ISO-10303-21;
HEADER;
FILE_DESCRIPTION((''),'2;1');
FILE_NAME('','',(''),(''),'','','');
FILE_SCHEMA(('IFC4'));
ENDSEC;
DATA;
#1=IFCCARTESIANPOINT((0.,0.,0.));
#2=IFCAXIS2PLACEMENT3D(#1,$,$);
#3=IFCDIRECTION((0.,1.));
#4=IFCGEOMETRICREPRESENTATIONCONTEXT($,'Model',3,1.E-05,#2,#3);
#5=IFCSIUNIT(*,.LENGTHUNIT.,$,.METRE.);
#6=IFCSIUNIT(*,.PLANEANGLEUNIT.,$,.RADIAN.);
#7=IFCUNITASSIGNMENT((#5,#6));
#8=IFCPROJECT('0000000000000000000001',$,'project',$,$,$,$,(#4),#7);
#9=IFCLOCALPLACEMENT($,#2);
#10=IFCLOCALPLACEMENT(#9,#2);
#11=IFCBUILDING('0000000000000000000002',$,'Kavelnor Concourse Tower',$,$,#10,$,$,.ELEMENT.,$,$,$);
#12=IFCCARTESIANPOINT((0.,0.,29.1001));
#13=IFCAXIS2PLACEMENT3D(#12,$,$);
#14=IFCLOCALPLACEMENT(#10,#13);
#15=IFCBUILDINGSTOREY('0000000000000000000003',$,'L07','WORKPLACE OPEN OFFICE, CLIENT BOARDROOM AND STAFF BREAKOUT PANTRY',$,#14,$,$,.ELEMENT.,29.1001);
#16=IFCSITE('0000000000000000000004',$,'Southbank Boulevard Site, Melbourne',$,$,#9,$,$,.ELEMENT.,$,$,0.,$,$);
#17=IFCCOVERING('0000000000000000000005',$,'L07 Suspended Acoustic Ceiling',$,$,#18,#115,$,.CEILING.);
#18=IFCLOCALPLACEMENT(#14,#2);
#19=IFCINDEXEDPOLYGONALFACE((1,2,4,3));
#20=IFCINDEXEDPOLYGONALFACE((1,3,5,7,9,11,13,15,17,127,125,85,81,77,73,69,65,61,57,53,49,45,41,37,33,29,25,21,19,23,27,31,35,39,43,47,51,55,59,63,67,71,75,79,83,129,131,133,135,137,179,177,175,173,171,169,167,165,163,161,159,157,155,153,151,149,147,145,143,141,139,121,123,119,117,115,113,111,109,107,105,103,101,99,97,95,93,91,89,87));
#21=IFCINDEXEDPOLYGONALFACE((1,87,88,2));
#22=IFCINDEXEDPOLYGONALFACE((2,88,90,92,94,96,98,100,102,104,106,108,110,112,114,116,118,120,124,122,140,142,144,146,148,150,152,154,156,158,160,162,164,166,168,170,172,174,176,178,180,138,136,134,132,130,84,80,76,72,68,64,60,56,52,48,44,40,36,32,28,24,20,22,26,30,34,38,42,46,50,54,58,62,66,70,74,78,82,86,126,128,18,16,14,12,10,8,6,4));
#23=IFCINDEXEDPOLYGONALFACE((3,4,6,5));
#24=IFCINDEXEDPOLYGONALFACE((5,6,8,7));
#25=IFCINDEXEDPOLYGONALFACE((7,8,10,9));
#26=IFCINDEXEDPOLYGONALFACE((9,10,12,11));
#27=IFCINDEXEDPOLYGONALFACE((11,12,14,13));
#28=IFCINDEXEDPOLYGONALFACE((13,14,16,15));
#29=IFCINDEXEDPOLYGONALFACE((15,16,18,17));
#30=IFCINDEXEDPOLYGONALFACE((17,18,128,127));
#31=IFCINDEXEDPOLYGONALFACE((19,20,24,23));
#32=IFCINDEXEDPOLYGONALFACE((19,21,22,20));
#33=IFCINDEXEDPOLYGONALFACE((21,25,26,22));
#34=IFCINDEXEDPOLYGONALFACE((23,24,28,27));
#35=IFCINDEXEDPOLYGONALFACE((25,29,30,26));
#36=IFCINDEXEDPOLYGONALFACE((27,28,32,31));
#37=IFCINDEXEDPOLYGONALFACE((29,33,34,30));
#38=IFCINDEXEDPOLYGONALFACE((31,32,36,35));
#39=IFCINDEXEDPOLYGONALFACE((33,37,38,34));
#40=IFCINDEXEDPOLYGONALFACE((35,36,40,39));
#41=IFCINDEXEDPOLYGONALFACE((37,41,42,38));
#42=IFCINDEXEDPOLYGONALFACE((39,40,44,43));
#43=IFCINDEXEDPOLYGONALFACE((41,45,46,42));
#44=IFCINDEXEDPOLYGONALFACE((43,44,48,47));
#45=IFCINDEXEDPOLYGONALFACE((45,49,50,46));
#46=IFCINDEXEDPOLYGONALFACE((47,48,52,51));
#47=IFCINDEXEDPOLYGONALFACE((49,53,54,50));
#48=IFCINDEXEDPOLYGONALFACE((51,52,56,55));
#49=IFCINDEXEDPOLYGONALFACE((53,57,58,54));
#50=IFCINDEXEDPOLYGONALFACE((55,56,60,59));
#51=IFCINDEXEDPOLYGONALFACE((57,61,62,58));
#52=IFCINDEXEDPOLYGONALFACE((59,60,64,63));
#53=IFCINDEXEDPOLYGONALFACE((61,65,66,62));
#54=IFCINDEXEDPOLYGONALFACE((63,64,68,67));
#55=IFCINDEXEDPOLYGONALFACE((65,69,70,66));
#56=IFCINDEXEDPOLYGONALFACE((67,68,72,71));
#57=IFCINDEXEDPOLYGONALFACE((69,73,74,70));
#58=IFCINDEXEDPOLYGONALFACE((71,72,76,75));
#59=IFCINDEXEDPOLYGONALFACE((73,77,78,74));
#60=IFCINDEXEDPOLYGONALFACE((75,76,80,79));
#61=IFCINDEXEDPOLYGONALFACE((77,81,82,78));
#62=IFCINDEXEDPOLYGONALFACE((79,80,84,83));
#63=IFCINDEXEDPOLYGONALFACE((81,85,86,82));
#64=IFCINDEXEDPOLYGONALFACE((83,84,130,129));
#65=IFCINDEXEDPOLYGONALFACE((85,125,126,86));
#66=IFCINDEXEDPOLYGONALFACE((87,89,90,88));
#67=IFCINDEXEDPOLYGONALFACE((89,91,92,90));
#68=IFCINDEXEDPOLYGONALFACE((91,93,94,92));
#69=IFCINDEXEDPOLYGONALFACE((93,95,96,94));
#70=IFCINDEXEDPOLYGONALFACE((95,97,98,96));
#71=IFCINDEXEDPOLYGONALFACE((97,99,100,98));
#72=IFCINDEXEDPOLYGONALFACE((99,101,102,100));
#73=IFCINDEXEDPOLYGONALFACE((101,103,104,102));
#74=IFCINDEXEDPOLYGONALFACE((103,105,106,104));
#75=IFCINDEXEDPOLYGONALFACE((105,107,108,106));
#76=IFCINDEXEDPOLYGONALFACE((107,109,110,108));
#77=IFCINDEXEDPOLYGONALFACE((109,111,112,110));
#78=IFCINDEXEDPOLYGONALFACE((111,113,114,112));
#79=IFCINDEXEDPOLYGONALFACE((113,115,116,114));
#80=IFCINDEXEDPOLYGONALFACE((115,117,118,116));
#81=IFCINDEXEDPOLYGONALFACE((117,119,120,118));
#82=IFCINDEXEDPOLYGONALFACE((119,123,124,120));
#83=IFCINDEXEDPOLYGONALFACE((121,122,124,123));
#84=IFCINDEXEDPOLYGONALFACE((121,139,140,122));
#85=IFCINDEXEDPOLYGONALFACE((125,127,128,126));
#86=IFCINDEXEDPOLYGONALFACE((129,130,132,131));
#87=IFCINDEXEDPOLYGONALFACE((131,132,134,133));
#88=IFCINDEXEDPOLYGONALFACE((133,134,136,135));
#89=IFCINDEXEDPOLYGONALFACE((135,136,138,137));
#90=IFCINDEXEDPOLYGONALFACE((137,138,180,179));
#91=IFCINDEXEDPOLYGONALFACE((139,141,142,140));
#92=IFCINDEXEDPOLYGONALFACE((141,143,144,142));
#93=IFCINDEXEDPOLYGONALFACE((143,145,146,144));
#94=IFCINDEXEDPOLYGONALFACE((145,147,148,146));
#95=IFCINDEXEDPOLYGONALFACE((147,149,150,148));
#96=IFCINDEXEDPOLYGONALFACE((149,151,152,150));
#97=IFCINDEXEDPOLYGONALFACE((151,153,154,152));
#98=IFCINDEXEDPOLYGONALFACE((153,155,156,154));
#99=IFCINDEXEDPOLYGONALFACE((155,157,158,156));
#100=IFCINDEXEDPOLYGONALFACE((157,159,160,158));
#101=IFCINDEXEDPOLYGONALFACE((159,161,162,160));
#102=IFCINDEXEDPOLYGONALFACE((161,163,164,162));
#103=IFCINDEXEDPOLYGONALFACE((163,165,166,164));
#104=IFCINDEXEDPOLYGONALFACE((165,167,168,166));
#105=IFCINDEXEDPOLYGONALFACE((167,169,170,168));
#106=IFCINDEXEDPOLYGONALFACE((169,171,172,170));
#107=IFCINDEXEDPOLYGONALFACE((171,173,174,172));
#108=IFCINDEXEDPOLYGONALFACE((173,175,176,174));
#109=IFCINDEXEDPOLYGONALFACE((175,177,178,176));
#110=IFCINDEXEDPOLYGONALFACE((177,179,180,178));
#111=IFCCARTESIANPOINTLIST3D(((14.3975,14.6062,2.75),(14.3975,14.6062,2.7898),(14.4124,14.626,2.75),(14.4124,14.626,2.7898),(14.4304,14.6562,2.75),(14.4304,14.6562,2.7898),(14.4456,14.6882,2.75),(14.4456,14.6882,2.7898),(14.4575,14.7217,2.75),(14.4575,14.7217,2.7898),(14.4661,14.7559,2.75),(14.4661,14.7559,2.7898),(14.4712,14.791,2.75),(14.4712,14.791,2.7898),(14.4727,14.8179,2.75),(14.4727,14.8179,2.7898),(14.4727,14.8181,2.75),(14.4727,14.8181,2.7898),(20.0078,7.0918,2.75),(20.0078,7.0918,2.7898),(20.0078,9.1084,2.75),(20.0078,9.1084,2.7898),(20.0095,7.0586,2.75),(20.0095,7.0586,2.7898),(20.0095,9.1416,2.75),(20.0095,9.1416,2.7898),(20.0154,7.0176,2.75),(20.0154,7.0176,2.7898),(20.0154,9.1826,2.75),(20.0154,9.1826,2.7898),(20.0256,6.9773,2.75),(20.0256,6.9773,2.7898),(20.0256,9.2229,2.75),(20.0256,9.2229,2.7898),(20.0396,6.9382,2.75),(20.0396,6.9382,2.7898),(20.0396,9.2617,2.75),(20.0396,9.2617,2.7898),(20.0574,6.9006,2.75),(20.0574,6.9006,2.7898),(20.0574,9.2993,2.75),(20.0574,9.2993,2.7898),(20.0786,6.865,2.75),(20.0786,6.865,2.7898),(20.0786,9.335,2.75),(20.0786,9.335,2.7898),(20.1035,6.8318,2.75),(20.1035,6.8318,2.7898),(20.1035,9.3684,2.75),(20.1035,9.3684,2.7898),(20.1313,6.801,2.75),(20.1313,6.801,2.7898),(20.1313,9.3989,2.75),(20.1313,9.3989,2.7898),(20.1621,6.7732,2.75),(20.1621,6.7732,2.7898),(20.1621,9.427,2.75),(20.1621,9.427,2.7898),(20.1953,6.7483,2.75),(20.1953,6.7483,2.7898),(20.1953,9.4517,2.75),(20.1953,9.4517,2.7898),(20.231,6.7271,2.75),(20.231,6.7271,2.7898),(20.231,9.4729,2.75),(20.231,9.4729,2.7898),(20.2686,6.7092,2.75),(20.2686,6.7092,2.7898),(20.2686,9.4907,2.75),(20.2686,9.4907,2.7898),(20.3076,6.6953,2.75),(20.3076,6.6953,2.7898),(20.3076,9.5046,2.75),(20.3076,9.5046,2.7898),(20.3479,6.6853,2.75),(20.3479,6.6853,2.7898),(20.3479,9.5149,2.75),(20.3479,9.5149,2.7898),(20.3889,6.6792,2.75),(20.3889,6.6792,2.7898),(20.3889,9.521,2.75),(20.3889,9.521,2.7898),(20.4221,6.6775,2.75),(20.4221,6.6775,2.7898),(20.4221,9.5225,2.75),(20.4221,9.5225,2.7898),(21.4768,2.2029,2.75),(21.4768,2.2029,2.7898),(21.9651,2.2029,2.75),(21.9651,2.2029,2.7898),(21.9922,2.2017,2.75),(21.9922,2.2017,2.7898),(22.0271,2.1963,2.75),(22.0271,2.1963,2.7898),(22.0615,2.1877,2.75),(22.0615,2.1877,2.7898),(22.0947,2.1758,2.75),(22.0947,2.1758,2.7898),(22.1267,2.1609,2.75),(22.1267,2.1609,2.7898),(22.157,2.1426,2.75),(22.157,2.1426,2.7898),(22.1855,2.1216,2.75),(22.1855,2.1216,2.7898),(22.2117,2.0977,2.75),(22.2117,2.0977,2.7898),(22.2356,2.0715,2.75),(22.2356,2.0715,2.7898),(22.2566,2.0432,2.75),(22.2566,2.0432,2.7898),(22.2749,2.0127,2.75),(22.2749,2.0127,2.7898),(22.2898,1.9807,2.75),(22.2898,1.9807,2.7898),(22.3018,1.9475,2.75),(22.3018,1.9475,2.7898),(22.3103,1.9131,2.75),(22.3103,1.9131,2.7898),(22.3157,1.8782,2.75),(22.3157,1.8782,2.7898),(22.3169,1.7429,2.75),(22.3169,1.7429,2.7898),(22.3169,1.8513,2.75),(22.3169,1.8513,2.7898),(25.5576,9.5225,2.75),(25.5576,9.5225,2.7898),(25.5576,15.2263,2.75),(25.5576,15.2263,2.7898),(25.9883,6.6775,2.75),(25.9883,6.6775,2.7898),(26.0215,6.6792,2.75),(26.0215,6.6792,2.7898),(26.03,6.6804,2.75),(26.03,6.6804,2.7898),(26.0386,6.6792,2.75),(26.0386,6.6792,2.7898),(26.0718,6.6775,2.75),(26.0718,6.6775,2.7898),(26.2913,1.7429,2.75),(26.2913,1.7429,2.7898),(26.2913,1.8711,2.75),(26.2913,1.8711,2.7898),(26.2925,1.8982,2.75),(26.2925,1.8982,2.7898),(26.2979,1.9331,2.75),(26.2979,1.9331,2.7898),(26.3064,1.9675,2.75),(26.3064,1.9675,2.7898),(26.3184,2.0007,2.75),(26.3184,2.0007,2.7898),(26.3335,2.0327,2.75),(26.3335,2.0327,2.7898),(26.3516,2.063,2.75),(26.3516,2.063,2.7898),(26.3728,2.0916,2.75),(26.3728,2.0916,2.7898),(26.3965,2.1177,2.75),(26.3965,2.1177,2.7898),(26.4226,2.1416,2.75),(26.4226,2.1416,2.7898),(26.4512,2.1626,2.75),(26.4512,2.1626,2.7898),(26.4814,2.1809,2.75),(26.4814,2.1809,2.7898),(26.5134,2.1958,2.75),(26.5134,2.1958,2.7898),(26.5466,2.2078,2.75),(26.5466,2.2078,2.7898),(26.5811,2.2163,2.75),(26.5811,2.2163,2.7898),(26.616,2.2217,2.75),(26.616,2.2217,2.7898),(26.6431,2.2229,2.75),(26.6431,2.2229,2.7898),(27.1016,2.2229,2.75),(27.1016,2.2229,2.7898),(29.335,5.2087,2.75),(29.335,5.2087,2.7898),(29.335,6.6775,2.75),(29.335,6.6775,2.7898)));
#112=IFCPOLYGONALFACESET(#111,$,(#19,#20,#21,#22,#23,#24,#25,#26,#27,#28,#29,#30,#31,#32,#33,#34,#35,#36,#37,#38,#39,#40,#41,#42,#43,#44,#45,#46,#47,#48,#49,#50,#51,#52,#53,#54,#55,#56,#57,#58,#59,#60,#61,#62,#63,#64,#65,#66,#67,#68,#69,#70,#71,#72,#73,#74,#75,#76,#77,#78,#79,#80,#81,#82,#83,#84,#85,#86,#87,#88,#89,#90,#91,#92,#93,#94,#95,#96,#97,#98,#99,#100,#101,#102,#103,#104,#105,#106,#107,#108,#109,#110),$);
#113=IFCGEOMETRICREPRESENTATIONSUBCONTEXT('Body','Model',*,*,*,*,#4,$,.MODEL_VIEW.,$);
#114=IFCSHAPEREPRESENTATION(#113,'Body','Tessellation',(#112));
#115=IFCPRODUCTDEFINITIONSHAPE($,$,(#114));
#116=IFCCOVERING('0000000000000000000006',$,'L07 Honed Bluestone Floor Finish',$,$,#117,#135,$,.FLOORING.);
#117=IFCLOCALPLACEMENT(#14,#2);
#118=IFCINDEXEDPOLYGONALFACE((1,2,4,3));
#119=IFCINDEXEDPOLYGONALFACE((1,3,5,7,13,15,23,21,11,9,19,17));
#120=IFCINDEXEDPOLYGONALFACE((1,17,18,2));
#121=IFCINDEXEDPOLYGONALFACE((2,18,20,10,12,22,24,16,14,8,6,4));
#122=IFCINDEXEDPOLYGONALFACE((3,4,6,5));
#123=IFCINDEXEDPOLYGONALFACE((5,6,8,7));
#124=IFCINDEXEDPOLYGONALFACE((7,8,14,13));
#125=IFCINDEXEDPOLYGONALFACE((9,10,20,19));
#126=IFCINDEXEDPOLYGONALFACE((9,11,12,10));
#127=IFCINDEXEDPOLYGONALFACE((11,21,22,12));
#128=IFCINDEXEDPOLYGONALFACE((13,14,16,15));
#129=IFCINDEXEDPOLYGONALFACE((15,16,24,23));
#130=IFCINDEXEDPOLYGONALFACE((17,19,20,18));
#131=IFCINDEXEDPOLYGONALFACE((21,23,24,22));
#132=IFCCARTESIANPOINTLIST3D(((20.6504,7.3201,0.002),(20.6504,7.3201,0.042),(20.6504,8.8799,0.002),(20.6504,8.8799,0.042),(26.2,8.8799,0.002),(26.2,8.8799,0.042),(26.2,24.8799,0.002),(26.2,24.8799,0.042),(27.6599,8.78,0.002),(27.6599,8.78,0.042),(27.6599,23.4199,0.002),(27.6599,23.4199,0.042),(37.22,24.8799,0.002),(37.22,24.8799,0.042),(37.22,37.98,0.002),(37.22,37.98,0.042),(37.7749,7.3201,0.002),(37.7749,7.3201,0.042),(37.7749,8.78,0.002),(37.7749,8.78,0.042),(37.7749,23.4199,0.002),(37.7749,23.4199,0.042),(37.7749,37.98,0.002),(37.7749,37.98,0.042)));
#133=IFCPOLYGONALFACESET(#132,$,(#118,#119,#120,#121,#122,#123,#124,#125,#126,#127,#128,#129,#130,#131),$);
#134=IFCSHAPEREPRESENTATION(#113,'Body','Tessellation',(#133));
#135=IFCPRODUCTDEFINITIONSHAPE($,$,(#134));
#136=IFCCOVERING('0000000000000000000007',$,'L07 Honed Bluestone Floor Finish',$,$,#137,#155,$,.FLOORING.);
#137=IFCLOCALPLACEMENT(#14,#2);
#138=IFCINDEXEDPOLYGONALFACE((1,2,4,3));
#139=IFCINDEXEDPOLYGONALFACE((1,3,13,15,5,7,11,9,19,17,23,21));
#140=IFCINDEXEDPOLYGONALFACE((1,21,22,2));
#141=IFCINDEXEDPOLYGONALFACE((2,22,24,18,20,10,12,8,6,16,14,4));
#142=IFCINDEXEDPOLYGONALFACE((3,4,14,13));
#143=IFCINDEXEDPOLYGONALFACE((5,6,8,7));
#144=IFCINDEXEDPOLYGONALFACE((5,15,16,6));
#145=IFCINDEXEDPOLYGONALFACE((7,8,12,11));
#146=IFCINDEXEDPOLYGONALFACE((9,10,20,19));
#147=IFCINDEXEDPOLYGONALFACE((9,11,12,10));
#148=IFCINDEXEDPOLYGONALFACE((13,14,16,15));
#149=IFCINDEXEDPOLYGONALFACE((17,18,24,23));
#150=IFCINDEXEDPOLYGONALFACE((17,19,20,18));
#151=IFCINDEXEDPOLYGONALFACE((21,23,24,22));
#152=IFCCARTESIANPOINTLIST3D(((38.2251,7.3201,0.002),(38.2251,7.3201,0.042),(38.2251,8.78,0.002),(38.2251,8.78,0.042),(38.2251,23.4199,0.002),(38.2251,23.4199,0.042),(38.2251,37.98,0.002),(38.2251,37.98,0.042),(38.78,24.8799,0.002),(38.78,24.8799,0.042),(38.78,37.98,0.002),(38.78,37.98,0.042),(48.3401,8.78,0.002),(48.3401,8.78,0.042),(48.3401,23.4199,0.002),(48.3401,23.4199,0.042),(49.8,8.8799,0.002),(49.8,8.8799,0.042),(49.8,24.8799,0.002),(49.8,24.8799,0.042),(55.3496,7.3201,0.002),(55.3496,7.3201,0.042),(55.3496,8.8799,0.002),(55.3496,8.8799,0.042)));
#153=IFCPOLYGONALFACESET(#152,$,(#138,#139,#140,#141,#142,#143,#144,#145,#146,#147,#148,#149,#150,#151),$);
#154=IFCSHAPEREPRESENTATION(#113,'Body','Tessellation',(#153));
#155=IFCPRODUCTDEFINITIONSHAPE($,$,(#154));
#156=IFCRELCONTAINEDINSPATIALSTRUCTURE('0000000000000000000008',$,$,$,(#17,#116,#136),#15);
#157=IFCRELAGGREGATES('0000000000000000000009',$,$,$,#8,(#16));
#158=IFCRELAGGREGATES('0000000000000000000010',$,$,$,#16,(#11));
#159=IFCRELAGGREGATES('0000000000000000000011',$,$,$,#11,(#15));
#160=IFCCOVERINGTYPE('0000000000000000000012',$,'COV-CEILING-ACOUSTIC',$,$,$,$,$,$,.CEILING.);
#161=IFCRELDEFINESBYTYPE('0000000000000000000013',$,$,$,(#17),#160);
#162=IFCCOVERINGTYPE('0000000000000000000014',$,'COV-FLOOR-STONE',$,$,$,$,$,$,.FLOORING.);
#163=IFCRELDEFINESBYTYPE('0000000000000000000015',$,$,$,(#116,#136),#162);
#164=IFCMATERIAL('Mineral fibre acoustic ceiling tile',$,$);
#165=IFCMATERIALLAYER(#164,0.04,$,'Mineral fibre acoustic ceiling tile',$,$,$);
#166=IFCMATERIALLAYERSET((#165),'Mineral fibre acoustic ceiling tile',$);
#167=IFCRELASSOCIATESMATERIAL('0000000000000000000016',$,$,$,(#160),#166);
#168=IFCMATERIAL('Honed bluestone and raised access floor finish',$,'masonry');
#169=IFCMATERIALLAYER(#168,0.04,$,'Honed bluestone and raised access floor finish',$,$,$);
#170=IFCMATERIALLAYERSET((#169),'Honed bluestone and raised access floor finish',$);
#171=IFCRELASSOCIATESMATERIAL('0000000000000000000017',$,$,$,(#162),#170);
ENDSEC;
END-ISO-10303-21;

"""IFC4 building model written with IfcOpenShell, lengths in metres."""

from ifc_helpers import new_model, si_unit, direction, frame, origin, place, context, subcontext, project, spatial, polyline, outline, extrude, material, layer, layer_set, type_object, element, save


model = new_model("IFC4")

# Units and contexts
model_context = context("Model", 3, precision=1e-05, world=origin(), true_north=direction((0.0, 1.0)))
body_context = subcontext(model_context, "Body", "Model", "MODEL_VIEW")
ifc_project = project(units=[si_unit("LENGTHUNIT", "METRE"), si_unit("PLANEANGLEUNIT", "RADIAN")], contexts=[model_context])

# Site, building, storey
site_placement = place(None, origin())
site = spatial("IfcSite", under=ifc_project, at=site_placement, Name="Southbank Boulevard Site, Melbourne", CompositionType="ELEMENT", RefElevation=0.0)
building_placement = place(site_placement, origin())
building = spatial("IfcBuilding", under=site, at=building_placement, Name="Kavelnor Concourse Tower", CompositionType="ELEMENT")
storey_placement = place(building_placement, frame((0.0, 0.0, 29.1001)))
storey = spatial("IfcBuildingStorey", under=building, at=storey_placement, Name="L07", Description="WORKPLACE OPEN OFFICE, CLIENT BOARDROOM AND STAFF BREAKOUT PANTRY", CompositionType="ELEMENT", Elevation=29.1001)

# Coverings
ifc_material_1 = material(Name="Mineral fibre acoustic ceiling tile")
ifc_layer_1 = layer(ifc_material_1, 0.04, Name="Mineral fibre acoustic ceiling tile")
ifc_layer_set_1 = layer_set([ifc_layer_1], Name="Mineral fibre acoustic ceiling tile")
covering_type_1 = type_object("IfcCoveringType", Name="COV-CEILING-ACOUSTIC", PredefinedType="CEILING", material=ifc_layer_set_1)
covering_1_placement = place(storey_placement, frame((0.0, 0.0, 2.75)))
element("IfcCovering", 1, at=covering_1_placement, inside=storey, type_object=covering_type_1, Name="L07 Suspended Acoustic Ceiling", PredefinedType="CEILING", context=body_context, shape_type="SweptSolid", body=[
    extrude(outline(polyline([(14.4124, 14.626), (14.4304, 14.6562), (14.4456, 14.6882), (14.4575, 14.7217), (14.4661, 14.7559), (14.4712, 14.791), (14.4727, 14.8179), (14.4727, 14.8181), (25.5576, 15.2263), (25.5576, 9.5225), (20.4221, 9.5225), (20.3889, 9.521), (20.3479, 9.5149), (20.3076, 9.5046), (20.2686, 9.4907), (20.231, 9.4729), (20.1953, 9.4517), (20.1621, 9.427), (20.1313, 9.3989), (20.1035, 9.3684), (20.0786, 9.335), (20.0574, 9.2993), (20.0396, 9.2617), (20.0256, 9.2229), (20.0154, 9.1826), (20.0095, 9.1416), (20.0078, 9.1084), (20.0078, 7.0918), (20.0095, 7.0586), (20.0154, 7.0176), (20.0256, 6.9773), (20.0396, 6.9382), (20.0574, 6.9006), (20.0786, 6.865), (20.1035, 6.8318), (20.1313, 6.801), (20.1621, 6.7732), (20.1953, 6.7483), (20.231, 6.7271), (20.2686, 6.7092), (20.3076, 6.6953), (20.3479, 6.6853), (20.3889, 6.6792), (20.4221, 6.6775), (25.9883, 6.6775), (26.0215, 6.6792), (26.03, 6.6804), (26.0386, 6.6792), (26.0718, 6.6775), (29.335, 6.6775), (29.335, 5.2087), (27.1016, 2.2229), (26.6431, 2.2229), (26.616, 2.2217), (26.5811, 2.2163), (26.5466, 2.2078), (26.5134, 2.1958), (26.4814, 2.1809), (26.4512, 2.1626), (26.4226, 2.1416), (26.3965, 2.1177), (26.3728, 2.0916), (26.3516, 2.063), (26.3335, 2.0327), (26.3184, 2.0007), (26.3064, 1.9675), (26.2979, 1.9331), (26.2925, 1.8982), (26.2913, 1.8711), (26.2913, 1.7429), (22.3169, 1.7429), (22.3169, 1.8513), (22.3157, 1.8782), (22.3103, 1.9131), (22.3018, 1.9475), (22.2898, 1.9807), (22.2749, 2.0127), (22.2566, 2.0432), (22.2356, 2.0715), (22.2117, 2.0977), (22.1855, 2.1216), (22.157, 2.1426), (22.1267, 2.1609), (22.0947, 2.1758), (22.0615, 2.1877), (22.0271, 2.1963), (21.9922, 2.2017), (21.9651, 2.2029), (21.4768, 2.2029), (14.3975, 14.6062), (14.4124, 14.626)])), origin(), (0.0, 0.0, 1.0), 0.0398),
])
ifc_material_2 = material(Name="Honed bluestone and raised access floor finish", Category="masonry")
ifc_layer_2 = layer(ifc_material_2, 0.04, Name="Honed bluestone and raised access floor finish")
ifc_layer_set_2 = layer_set([ifc_layer_2], Name="Honed bluestone and raised access floor finish")
covering_type_2 = type_object("IfcCoveringType", Name="COV-FLOOR-STONE", PredefinedType="FLOORING", material=ifc_layer_set_2)
covering_2_placement = place(storey_placement, frame((0.0, 0.0, 0.002)))
element("IfcCovering", 2, at=covering_2_placement, inside=storey, type_object=covering_type_2, Name="L07 Honed Bluestone Floor Finish", PredefinedType="FLOORING", context=body_context, shape_type="SweptSolid", body=[
    extrude(outline(polyline([(37.22, 37.98), (37.7749, 37.98), (37.7749, 23.4199), (27.6599, 23.4199), (27.6599, 8.78), (37.7749, 8.78), (37.7749, 7.3201), (20.6504, 7.3201), (20.6504, 8.8799), (26.2, 8.8799), (26.2, 24.8799), (37.22, 24.8799), (37.22, 37.98)])), origin(), (0.0, 0.0, 1.0), 0.04),
])
covering_3_placement = place(storey_placement, frame((0.0, 0.0, 0.002)))
element("IfcCovering", 3, at=covering_3_placement, inside=storey, type_object=covering_type_2, Name="L07 Honed Bluestone Floor Finish", PredefinedType="FLOORING", context=body_context, shape_type="SweptSolid", body=[
    extrude(outline(polyline([(38.78, 37.98), (38.78, 24.8799), (49.8, 24.8799), (49.8, 8.8799), (55.3496, 8.8799), (55.3496, 7.3201), (38.2251, 7.3201), (38.2251, 8.78), (48.3401, 8.78), (48.3401, 23.4199), (38.2251, 23.4199), (38.2251, 37.98), (38.78, 37.98)])), origin(), (0.0, 0.0, 1.0), 0.04),
])

save(model, "model.ifc")
